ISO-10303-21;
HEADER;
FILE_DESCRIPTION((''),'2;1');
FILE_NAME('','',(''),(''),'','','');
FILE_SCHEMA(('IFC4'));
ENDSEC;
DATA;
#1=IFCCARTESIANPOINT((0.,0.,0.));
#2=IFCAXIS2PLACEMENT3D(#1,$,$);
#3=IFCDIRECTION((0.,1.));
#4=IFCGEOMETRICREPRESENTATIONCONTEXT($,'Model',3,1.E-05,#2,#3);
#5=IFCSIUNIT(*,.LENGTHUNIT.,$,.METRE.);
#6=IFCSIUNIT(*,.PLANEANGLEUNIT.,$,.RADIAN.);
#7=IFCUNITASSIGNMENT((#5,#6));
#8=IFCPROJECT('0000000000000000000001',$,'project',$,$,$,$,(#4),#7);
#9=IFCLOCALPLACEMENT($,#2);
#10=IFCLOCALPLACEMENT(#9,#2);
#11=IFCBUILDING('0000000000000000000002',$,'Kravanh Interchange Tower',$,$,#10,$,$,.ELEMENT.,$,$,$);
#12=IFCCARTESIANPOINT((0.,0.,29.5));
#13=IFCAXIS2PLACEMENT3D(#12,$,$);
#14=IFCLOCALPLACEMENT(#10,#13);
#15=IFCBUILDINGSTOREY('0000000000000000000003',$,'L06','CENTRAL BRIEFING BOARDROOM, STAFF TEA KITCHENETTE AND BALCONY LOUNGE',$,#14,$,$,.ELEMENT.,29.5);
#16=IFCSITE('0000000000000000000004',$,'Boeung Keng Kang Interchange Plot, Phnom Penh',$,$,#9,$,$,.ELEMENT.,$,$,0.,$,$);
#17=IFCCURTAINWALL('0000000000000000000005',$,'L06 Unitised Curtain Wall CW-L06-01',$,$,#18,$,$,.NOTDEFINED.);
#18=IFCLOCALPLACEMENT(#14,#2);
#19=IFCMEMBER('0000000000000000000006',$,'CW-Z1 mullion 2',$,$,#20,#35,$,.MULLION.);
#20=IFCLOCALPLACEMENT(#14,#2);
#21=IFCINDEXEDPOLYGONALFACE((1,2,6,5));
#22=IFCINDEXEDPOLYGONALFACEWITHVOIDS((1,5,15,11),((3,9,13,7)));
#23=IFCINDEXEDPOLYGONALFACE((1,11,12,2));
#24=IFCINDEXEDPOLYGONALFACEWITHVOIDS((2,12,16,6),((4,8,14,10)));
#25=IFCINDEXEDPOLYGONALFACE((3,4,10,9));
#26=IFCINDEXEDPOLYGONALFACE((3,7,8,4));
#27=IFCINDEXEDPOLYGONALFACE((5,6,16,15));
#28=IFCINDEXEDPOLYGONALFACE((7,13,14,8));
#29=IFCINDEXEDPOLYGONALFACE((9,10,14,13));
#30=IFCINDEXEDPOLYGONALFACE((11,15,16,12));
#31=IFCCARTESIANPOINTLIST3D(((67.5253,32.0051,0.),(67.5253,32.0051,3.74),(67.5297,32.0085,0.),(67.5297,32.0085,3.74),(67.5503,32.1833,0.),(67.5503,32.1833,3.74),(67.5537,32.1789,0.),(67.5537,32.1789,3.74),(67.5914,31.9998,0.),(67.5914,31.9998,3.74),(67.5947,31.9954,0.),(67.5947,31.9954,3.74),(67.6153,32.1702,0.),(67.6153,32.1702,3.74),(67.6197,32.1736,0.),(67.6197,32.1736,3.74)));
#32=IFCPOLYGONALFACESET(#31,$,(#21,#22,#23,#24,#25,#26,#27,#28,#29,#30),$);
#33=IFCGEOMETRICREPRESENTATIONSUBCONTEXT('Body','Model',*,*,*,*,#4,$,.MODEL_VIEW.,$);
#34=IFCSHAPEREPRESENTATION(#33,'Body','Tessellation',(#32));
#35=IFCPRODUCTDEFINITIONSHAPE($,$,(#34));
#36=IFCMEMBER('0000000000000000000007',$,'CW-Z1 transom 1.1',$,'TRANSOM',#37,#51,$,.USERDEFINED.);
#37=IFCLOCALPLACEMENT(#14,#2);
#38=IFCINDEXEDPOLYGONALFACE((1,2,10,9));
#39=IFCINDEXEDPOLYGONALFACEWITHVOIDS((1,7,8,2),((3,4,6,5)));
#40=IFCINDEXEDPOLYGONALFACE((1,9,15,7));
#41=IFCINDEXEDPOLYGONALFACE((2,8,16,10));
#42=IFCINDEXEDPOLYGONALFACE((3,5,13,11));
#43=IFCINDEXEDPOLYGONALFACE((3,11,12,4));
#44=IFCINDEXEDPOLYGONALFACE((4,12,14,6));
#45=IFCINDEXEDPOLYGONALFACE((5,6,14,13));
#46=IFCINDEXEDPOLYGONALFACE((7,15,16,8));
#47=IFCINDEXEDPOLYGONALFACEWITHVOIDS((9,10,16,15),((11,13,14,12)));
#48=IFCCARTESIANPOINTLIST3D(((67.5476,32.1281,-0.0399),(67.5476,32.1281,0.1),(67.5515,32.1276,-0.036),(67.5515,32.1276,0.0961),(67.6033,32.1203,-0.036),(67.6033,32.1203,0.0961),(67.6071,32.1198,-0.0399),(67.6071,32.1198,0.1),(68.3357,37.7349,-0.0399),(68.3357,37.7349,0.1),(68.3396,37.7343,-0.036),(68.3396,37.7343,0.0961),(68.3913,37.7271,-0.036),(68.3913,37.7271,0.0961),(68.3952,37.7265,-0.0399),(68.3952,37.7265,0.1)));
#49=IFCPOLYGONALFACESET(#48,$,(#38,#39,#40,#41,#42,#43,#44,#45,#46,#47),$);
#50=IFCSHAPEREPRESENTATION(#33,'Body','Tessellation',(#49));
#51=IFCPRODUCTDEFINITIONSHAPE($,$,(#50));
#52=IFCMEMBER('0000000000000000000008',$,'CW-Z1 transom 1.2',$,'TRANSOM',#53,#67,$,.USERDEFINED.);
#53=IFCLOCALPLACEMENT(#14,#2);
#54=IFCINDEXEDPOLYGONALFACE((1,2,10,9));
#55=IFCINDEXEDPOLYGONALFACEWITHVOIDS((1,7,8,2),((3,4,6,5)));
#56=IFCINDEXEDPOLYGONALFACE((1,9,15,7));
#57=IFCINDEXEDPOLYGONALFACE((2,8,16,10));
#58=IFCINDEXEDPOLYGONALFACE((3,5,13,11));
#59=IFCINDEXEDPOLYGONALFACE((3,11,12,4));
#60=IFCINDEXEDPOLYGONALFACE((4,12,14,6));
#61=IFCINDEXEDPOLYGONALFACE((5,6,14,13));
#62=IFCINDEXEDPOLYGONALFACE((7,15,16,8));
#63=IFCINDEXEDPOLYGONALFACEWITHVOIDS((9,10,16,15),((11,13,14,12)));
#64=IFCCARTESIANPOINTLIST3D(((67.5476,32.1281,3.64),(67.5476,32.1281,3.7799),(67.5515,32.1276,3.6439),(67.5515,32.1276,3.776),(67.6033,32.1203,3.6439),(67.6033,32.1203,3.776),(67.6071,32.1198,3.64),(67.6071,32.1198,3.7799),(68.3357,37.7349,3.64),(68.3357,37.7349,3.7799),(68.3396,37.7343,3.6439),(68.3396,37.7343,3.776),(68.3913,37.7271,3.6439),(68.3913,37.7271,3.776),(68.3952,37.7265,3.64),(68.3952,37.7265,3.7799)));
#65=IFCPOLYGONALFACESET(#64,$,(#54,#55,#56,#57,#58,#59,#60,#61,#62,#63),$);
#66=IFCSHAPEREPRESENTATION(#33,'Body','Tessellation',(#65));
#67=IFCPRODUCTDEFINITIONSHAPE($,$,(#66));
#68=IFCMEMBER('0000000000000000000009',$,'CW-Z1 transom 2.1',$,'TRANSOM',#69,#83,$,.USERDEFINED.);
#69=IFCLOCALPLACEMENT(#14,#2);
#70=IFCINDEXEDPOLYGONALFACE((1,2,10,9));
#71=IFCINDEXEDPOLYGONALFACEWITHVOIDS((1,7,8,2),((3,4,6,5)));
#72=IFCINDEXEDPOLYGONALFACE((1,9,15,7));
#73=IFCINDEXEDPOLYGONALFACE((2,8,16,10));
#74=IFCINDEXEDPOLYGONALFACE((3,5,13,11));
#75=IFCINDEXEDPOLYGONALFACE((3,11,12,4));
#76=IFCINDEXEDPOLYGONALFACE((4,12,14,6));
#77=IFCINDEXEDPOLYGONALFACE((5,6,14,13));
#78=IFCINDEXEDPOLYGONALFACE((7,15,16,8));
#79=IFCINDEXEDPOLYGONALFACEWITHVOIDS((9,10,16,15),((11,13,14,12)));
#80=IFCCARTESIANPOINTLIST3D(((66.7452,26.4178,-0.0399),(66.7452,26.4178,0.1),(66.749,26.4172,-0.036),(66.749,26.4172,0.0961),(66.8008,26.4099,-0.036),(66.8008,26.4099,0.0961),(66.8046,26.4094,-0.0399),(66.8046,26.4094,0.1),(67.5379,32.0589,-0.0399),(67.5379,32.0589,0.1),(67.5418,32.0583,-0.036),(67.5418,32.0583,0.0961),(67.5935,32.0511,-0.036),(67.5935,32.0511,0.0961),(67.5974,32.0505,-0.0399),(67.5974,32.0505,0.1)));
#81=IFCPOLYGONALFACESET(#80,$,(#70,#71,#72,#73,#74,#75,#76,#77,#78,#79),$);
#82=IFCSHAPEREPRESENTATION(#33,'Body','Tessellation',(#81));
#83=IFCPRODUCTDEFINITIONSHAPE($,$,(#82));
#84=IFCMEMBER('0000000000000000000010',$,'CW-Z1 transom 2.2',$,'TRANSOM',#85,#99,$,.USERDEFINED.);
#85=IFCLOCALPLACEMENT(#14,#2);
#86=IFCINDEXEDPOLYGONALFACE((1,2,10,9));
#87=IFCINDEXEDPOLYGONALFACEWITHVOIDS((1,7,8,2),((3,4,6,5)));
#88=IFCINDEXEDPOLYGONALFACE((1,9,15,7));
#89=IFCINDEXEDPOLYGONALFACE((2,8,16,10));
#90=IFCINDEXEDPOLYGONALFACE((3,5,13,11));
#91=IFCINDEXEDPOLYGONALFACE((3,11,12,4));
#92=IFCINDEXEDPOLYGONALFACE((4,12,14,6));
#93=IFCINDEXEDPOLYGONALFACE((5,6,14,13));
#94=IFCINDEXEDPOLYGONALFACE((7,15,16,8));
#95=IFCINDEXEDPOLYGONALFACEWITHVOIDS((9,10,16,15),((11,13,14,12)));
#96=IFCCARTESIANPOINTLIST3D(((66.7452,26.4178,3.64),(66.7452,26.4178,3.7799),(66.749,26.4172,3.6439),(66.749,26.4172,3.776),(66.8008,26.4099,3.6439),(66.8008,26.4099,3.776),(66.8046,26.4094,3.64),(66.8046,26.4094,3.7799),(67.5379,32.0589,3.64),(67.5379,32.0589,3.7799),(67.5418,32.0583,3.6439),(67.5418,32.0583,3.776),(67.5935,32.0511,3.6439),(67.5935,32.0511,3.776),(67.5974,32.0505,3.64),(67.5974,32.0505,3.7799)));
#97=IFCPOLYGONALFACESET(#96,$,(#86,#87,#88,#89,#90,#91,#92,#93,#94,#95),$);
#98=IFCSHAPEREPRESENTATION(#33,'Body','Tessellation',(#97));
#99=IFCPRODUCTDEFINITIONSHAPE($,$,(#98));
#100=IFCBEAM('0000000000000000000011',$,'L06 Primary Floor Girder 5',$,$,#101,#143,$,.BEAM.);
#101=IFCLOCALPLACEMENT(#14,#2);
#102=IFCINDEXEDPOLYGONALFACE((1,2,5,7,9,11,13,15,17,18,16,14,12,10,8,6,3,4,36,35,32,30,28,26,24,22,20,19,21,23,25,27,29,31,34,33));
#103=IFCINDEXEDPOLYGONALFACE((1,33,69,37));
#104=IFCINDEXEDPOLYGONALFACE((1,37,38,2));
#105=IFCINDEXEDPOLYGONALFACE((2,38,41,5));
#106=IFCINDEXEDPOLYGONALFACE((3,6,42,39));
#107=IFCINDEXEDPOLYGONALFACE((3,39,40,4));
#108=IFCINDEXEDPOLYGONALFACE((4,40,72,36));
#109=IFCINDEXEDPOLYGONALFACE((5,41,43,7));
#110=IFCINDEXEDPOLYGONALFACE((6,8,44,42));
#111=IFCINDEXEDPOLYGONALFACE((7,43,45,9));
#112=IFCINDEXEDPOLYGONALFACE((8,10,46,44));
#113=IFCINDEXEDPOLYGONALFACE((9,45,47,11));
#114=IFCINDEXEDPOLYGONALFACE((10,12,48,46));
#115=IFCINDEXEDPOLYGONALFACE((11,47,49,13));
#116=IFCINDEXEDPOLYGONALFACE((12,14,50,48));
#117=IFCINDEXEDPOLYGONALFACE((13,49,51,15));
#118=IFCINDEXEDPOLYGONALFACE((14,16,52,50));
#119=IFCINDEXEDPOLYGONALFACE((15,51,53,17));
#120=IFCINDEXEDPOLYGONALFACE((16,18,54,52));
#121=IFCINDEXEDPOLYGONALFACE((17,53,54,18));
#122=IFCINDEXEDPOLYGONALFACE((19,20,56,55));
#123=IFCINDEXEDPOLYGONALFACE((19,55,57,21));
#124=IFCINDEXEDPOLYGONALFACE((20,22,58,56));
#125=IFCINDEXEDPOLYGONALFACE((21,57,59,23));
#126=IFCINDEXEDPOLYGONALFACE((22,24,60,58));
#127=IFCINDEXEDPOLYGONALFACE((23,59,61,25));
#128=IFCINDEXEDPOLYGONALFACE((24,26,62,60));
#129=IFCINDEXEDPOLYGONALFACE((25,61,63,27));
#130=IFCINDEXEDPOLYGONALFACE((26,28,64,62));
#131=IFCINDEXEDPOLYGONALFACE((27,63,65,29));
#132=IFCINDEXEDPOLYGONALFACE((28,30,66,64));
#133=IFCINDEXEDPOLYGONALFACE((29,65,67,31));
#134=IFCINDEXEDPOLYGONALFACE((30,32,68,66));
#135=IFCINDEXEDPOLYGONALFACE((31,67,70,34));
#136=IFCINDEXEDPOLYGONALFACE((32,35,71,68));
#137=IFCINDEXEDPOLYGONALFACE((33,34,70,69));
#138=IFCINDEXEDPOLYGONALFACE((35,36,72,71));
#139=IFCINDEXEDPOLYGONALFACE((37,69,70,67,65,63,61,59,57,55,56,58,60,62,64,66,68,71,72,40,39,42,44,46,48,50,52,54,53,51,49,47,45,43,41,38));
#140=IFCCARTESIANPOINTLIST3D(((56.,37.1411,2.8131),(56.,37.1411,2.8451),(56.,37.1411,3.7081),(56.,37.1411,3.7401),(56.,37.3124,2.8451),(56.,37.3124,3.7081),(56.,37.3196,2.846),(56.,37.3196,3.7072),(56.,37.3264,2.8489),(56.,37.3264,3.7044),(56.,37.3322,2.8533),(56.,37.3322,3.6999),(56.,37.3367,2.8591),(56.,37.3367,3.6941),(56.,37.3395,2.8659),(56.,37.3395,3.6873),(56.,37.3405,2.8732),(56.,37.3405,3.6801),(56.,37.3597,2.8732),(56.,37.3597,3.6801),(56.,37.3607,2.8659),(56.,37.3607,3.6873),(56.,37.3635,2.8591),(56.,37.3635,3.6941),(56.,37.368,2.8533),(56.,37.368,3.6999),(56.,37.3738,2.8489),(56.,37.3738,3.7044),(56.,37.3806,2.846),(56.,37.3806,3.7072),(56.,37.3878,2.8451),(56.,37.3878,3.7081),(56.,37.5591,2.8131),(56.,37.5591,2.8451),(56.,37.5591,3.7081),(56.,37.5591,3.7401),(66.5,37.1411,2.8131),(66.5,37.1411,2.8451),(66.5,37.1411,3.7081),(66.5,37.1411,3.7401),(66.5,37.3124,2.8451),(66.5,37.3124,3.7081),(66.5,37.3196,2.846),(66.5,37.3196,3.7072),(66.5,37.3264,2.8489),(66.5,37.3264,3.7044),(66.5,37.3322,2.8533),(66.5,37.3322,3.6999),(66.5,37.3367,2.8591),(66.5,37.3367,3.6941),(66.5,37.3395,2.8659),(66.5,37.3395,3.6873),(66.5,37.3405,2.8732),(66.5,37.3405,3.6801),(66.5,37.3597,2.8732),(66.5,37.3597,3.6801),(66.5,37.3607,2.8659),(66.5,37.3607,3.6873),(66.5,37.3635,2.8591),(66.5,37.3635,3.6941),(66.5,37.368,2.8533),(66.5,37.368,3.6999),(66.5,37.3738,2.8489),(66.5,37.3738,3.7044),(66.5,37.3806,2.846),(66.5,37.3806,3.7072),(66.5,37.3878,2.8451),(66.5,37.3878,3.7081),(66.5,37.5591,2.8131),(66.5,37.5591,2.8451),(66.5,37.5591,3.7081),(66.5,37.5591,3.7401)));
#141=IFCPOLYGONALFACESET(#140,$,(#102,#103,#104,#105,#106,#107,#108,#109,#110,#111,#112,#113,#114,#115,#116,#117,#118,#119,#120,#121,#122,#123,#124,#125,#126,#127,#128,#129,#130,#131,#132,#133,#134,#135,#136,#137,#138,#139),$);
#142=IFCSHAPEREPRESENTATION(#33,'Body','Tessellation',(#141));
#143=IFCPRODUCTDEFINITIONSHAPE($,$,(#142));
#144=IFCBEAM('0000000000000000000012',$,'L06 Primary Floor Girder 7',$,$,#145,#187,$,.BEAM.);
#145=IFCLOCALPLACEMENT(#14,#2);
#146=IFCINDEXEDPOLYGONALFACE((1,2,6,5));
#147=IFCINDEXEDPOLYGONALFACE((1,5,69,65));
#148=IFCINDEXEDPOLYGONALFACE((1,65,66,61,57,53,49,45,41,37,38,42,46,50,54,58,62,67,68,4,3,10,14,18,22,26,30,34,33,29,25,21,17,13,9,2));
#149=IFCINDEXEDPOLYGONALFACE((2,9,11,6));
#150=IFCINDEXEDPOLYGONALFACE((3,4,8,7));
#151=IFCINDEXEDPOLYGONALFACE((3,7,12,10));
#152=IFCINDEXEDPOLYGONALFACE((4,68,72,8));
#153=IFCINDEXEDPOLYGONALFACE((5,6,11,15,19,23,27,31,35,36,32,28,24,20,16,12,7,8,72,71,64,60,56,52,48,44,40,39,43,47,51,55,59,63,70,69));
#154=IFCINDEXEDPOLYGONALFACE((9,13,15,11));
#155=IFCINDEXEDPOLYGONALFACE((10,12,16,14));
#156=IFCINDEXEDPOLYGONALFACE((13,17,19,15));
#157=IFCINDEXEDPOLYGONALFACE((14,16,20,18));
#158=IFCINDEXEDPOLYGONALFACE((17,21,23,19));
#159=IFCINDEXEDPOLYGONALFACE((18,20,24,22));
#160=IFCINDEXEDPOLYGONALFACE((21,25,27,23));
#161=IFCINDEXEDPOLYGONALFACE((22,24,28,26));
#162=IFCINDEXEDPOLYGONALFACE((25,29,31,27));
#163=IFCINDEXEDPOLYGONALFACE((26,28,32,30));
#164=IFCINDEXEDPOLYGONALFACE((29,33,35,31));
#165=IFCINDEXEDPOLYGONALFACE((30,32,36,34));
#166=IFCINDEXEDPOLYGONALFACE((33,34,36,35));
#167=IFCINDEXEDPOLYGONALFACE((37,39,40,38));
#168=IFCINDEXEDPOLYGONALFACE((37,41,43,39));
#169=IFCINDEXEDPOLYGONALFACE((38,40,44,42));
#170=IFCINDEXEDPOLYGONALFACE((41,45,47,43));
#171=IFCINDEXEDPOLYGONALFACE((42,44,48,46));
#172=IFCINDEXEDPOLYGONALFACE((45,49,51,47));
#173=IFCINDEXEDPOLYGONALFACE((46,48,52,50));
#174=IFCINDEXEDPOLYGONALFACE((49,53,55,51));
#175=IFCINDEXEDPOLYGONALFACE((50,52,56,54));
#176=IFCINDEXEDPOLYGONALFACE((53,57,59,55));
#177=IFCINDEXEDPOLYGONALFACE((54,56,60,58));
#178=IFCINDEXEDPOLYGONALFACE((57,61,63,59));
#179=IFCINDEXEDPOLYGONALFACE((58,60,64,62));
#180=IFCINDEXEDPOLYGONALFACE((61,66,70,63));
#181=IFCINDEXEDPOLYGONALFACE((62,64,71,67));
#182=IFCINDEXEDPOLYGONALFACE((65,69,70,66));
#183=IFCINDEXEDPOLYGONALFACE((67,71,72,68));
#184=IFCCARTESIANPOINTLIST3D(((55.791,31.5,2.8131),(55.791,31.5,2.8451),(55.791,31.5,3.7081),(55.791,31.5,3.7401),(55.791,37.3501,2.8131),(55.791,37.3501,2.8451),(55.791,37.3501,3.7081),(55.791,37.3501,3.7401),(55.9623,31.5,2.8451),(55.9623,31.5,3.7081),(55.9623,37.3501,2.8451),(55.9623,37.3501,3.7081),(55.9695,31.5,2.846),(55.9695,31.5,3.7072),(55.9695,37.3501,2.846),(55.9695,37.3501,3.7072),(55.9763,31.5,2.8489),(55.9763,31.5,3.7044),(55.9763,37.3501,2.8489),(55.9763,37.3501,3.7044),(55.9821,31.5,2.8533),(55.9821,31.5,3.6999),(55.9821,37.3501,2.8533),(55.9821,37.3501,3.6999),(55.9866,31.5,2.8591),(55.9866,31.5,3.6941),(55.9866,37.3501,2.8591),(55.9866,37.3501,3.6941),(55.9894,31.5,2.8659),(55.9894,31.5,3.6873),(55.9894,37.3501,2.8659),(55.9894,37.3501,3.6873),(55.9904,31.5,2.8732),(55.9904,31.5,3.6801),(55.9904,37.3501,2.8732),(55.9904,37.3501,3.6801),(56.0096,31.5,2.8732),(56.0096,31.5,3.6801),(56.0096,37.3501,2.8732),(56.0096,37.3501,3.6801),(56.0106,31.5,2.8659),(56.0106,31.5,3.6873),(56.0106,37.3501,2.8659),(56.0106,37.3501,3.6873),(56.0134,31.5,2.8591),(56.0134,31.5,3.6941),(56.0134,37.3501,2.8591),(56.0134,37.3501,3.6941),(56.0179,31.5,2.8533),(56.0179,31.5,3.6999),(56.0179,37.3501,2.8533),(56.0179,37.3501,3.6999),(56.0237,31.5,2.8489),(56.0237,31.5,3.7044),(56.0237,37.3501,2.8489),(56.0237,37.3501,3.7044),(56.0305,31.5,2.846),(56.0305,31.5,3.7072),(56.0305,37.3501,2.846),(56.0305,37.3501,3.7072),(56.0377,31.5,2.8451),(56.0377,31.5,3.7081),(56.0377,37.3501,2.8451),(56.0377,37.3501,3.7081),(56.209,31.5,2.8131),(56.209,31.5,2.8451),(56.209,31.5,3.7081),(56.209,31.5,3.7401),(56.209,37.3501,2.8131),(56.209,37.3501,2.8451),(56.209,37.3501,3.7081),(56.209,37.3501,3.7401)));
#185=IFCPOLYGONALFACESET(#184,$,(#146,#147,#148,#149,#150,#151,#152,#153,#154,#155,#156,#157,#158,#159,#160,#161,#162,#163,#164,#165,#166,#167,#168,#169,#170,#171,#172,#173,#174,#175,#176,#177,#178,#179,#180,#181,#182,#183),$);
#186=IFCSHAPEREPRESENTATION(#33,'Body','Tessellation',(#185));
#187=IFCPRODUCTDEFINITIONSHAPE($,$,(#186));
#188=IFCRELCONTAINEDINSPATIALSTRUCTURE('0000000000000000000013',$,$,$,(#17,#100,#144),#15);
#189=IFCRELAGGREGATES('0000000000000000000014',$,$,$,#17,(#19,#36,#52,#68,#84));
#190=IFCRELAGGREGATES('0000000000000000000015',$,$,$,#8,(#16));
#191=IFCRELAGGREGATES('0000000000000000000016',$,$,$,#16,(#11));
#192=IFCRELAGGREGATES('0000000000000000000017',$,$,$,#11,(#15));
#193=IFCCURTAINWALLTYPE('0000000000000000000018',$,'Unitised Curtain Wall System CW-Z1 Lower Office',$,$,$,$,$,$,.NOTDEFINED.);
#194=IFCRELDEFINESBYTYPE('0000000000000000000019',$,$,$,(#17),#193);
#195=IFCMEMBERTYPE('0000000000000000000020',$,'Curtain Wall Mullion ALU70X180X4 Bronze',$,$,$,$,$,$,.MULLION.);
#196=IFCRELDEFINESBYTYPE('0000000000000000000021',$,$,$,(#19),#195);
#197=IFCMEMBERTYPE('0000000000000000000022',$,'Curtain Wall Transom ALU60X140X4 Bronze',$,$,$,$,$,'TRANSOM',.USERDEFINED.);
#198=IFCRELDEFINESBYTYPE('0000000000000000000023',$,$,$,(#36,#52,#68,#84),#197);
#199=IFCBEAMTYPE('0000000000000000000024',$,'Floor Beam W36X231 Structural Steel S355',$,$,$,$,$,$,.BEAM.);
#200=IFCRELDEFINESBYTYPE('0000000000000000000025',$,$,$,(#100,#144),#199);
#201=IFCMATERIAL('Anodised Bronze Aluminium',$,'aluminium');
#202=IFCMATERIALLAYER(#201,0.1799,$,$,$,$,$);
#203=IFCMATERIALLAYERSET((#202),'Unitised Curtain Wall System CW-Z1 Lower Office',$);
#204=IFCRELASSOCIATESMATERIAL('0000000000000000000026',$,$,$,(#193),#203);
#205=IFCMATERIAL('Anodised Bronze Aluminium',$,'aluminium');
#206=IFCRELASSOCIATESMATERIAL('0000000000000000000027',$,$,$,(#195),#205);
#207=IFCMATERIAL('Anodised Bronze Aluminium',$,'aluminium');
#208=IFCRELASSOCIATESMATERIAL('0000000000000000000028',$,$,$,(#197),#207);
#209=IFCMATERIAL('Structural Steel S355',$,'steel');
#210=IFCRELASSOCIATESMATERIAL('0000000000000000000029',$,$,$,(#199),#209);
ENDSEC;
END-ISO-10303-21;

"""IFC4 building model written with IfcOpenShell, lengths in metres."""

from ifc_helpers import new_model, si_unit, direction, frame, origin, origin_2d, place, context, subcontext, project, spatial, hollow_rectangle, i_section, extrude, material, layer, layer_set, material_profile, profile_set, type_object, element, aggregate, save


model = new_model("IFC4")

# Units and contexts
model_context = context("Model", 3, precision=1e-05, world=origin(), true_north=direction((0.0, 1.0)))
body_context = subcontext(model_context, "Body", "Model", "MODEL_VIEW")
ifc_project = project(units=[si_unit("LENGTHUNIT", "METRE"), si_unit("PLANEANGLEUNIT", "RADIAN")], contexts=[model_context])

# Site, building, storey
site_placement = place(None, origin())
site = spatial("IfcSite", under=ifc_project, at=site_placement, Name="Boeung Keng Kang Interchange Plot, Phnom Penh", CompositionType="ELEMENT", RefElevation=0.0)
building_placement = place(site_placement, origin())
building = spatial("IfcBuilding", under=site, at=building_placement, Name="Kravanh Interchange Tower", CompositionType="ELEMENT")
storey_placement = place(building_placement, frame((0.0, 0.0, 29.5)))
storey = spatial("IfcBuildingStorey", under=building, at=storey_placement, Name="L06", Description="CENTRAL BRIEFING BOARDROOM, STAFF TEA KITCHENETTE AND BALCONY LOUNGE", CompositionType="ELEMENT", Elevation=29.5)

# Curtain wall, members
ifc_material_1 = material(Name="Anodised Bronze Aluminium", Category="aluminium")
ifc_layer_1 = layer(ifc_material_1, 0.1799)
ifc_layer_set_1 = layer_set([ifc_layer_1], Name="Unitised Curtain Wall System CW-Z1 Lower Office")
curtain_wall_type = type_object("IfcCurtainWallType", Name="Unitised Curtain Wall System CW-Z1 Lower Office", PredefinedType="NOTDEFINED", material=ifc_layer_set_1)
curtain_wall_placement = place(storey_placement, origin())
curtain_wall = element("IfcCurtainWall", 1, at=curtain_wall_placement, inside=storey, type_object=curtain_wall_type, Name="L06 Unitised Curtain Wall CW-L06-01", PredefinedType="NOTDEFINED")
ifc_material_2 = material(Name="Anodised Bronze Aluminium", Category="aluminium")
ifc_material_profile_1 = material_profile(ifc_material_2, hollow_rectangle(XDim=0.0701, YDim=0.1799, WallThickness=0.0039, at=origin_2d()), Name="ALU70X180X4")
ifc_profile_set_1 = profile_set([ifc_material_profile_1], Name="Anodised Bronze Aluminium")
member_type_1 = type_object("IfcMemberType", Name="Curtain Wall Mullion ALU70X180X4 Bronze", PredefinedType="MULLION", material=ifc_profile_set_1)
member_1_placement = place(storey_placement, frame((67.5725, 32.0894, 0.0), z_axis=(0.0, 0.0, 1.0), x_axis=(0.990268, -0.139177, 0.0)))
member_1 = element("IfcMember", 2, at=member_1_placement, type_object=member_type_1, Name="CW-Z1 mullion 2", PredefinedType="MULLION", context=body_context, shape_type="SweptSolid", body=[
    extrude(hollow_rectangle(XDim=0.0701, YDim=0.1799, WallThickness=0.0039, at=origin_2d()), origin(), (0.0, 0.0, 1.0), 3.74),
])
ifc_material_3 = material(Name="Anodised Bronze Aluminium", Category="aluminium")
ifc_material_profile_2 = material_profile(ifc_material_3, hollow_rectangle(XDim=0.0601, YDim=0.1399, WallThickness=0.0039, at=origin_2d()), Name="ALU60X140X4")
ifc_profile_set_2 = profile_set([ifc_material_profile_2], Name="Anodised Bronze Aluminium")
member_type_2 = type_object("IfcMemberType", Name="Curtain Wall Transom ALU60X140X4 Bronze", ElementType="TRANSOM", PredefinedType="USERDEFINED", material=ifc_profile_set_2)
member_2_placement = place(storey_placement, frame((68.3655, 37.7307, 0.03), z_axis=(-0.139193, -0.990265, 0.0), x_axis=(0.990265, -0.139193, 0.0)))
member_2 = element("IfcMember", 3, at=member_2_placement, type_object=member_type_2, Name="CW-Z1 transom 1.1", ObjectType="TRANSOM", PredefinedType="USERDEFINED", context=body_context, shape_type="SweptSolid", body=[
    extrude(hollow_rectangle(XDim=0.0601, YDim=0.1399, WallThickness=0.0039, at=origin_2d()), origin(), (0.0, 0.0, 1.0), 5.6619),
])
member_3_placement = place(storey_placement, frame((68.3655, 37.7307, 3.71), z_axis=(-0.139193, -0.990265, 0.0), x_axis=(0.990265, -0.139193, 0.0)))
member_3 = element("IfcMember", 4, at=member_3_placement, type_object=member_type_2, Name="CW-Z1 transom 1.2", ObjectType="TRANSOM", PredefinedType="USERDEFINED", context=body_context, shape_type="SweptSolid", body=[
    extrude(hollow_rectangle(XDim=0.0601, YDim=0.1399, WallThickness=0.0039, at=origin_2d()), origin(), (0.0, 0.0, 1.0), 5.6619),
])
member_4_placement = place(storey_placement, frame((67.5676, 32.0547, 0.03), z_axis=(-0.139159, -0.99027, 0.0), x_axis=(0.99027, -0.139159, 0.0)))
member_4 = element("IfcMember", 5, at=member_4_placement, type_object=member_type_2, Name="CW-Z1 transom 2.1", ObjectType="TRANSOM", PredefinedType="USERDEFINED", context=body_context, shape_type="SweptSolid", body=[
    extrude(hollow_rectangle(XDim=0.0601, YDim=0.1399, WallThickness=0.0039, at=origin_2d()), origin(), (0.0, 0.0, 1.0), 5.6965),
])
member_5_placement = place(storey_placement, frame((67.5676, 32.0547, 3.71), z_axis=(-0.139159, -0.99027, 0.0), x_axis=(0.99027, -0.139159, 0.0)))
member_5 = element("IfcMember", 6, at=member_5_placement, type_object=member_type_2, Name="CW-Z1 transom 2.2", ObjectType="TRANSOM", PredefinedType="USERDEFINED", context=body_context, shape_type="SweptSolid", body=[
    extrude(hollow_rectangle(XDim=0.0601, YDim=0.1399, WallThickness=0.0039, at=origin_2d()), origin(), (0.0, 0.0, 1.0), 5.6965),
])

# Beams
ifc_material_4 = material(Name="Structural Steel S355", Category="steel")
ifc_material_profile_3 = material_profile(ifc_material_4, i_section(OverallWidth=0.418, OverallDepth=0.927, WebThickness=0.0193, FlangeThickness=0.032, FilletRadius=0.0281, at=origin_2d()), Name="W36X231")
ifc_profile_set_3 = profile_set([ifc_material_profile_3], Name="Structural Steel S355")
beam_type_1 = type_object("IfcBeamType", Name="Floor Beam W36X231 Structural Steel S355", PredefinedType="BEAM", material=ifc_profile_set_3)
beam_1_placement = place(storey_placement, frame((66.5, 37.3501, 3.2766), z_axis=(-1.0, 0.0, 0.0), x_axis=(0.0, -1.0, 0.0)))
element("IfcBeam", 7, at=beam_1_placement, inside=storey, type_object=beam_type_1, Name="L06 Primary Floor Girder 5", PredefinedType="BEAM", context=body_context, shape_type="SweptSolid", body=[
    extrude(i_section(OverallWidth=0.418, OverallDepth=0.927, WebThickness=0.0193, FlangeThickness=0.032, FilletRadius=0.0281, at=origin_2d()), origin(), (0.0, 0.0, 1.0), 10.5),
])
beam_2_placement = place(storey_placement, frame((56.0, 37.3501, 3.2766), z_axis=(0.0, -1.0, 0.0), x_axis=(1.0, 0.0, 0.0)))
element("IfcBeam", 8, at=beam_2_placement, inside=storey, type_object=beam_type_1, Name="L06 Primary Floor Girder 7", PredefinedType="BEAM", context=body_context, shape_type="SweptSolid", body=[
    extrude(i_section(OverallWidth=0.418, OverallDepth=0.927, WebThickness=0.0193, FlangeThickness=0.032, FilletRadius=0.0281, at=origin_2d()), origin(), (0.0, 0.0, 1.0), 5.8501),
])

aggregate(curtain_wall, [member_1, member_2, member_3, member_4, member_5])

save(model, "model.ifc")
